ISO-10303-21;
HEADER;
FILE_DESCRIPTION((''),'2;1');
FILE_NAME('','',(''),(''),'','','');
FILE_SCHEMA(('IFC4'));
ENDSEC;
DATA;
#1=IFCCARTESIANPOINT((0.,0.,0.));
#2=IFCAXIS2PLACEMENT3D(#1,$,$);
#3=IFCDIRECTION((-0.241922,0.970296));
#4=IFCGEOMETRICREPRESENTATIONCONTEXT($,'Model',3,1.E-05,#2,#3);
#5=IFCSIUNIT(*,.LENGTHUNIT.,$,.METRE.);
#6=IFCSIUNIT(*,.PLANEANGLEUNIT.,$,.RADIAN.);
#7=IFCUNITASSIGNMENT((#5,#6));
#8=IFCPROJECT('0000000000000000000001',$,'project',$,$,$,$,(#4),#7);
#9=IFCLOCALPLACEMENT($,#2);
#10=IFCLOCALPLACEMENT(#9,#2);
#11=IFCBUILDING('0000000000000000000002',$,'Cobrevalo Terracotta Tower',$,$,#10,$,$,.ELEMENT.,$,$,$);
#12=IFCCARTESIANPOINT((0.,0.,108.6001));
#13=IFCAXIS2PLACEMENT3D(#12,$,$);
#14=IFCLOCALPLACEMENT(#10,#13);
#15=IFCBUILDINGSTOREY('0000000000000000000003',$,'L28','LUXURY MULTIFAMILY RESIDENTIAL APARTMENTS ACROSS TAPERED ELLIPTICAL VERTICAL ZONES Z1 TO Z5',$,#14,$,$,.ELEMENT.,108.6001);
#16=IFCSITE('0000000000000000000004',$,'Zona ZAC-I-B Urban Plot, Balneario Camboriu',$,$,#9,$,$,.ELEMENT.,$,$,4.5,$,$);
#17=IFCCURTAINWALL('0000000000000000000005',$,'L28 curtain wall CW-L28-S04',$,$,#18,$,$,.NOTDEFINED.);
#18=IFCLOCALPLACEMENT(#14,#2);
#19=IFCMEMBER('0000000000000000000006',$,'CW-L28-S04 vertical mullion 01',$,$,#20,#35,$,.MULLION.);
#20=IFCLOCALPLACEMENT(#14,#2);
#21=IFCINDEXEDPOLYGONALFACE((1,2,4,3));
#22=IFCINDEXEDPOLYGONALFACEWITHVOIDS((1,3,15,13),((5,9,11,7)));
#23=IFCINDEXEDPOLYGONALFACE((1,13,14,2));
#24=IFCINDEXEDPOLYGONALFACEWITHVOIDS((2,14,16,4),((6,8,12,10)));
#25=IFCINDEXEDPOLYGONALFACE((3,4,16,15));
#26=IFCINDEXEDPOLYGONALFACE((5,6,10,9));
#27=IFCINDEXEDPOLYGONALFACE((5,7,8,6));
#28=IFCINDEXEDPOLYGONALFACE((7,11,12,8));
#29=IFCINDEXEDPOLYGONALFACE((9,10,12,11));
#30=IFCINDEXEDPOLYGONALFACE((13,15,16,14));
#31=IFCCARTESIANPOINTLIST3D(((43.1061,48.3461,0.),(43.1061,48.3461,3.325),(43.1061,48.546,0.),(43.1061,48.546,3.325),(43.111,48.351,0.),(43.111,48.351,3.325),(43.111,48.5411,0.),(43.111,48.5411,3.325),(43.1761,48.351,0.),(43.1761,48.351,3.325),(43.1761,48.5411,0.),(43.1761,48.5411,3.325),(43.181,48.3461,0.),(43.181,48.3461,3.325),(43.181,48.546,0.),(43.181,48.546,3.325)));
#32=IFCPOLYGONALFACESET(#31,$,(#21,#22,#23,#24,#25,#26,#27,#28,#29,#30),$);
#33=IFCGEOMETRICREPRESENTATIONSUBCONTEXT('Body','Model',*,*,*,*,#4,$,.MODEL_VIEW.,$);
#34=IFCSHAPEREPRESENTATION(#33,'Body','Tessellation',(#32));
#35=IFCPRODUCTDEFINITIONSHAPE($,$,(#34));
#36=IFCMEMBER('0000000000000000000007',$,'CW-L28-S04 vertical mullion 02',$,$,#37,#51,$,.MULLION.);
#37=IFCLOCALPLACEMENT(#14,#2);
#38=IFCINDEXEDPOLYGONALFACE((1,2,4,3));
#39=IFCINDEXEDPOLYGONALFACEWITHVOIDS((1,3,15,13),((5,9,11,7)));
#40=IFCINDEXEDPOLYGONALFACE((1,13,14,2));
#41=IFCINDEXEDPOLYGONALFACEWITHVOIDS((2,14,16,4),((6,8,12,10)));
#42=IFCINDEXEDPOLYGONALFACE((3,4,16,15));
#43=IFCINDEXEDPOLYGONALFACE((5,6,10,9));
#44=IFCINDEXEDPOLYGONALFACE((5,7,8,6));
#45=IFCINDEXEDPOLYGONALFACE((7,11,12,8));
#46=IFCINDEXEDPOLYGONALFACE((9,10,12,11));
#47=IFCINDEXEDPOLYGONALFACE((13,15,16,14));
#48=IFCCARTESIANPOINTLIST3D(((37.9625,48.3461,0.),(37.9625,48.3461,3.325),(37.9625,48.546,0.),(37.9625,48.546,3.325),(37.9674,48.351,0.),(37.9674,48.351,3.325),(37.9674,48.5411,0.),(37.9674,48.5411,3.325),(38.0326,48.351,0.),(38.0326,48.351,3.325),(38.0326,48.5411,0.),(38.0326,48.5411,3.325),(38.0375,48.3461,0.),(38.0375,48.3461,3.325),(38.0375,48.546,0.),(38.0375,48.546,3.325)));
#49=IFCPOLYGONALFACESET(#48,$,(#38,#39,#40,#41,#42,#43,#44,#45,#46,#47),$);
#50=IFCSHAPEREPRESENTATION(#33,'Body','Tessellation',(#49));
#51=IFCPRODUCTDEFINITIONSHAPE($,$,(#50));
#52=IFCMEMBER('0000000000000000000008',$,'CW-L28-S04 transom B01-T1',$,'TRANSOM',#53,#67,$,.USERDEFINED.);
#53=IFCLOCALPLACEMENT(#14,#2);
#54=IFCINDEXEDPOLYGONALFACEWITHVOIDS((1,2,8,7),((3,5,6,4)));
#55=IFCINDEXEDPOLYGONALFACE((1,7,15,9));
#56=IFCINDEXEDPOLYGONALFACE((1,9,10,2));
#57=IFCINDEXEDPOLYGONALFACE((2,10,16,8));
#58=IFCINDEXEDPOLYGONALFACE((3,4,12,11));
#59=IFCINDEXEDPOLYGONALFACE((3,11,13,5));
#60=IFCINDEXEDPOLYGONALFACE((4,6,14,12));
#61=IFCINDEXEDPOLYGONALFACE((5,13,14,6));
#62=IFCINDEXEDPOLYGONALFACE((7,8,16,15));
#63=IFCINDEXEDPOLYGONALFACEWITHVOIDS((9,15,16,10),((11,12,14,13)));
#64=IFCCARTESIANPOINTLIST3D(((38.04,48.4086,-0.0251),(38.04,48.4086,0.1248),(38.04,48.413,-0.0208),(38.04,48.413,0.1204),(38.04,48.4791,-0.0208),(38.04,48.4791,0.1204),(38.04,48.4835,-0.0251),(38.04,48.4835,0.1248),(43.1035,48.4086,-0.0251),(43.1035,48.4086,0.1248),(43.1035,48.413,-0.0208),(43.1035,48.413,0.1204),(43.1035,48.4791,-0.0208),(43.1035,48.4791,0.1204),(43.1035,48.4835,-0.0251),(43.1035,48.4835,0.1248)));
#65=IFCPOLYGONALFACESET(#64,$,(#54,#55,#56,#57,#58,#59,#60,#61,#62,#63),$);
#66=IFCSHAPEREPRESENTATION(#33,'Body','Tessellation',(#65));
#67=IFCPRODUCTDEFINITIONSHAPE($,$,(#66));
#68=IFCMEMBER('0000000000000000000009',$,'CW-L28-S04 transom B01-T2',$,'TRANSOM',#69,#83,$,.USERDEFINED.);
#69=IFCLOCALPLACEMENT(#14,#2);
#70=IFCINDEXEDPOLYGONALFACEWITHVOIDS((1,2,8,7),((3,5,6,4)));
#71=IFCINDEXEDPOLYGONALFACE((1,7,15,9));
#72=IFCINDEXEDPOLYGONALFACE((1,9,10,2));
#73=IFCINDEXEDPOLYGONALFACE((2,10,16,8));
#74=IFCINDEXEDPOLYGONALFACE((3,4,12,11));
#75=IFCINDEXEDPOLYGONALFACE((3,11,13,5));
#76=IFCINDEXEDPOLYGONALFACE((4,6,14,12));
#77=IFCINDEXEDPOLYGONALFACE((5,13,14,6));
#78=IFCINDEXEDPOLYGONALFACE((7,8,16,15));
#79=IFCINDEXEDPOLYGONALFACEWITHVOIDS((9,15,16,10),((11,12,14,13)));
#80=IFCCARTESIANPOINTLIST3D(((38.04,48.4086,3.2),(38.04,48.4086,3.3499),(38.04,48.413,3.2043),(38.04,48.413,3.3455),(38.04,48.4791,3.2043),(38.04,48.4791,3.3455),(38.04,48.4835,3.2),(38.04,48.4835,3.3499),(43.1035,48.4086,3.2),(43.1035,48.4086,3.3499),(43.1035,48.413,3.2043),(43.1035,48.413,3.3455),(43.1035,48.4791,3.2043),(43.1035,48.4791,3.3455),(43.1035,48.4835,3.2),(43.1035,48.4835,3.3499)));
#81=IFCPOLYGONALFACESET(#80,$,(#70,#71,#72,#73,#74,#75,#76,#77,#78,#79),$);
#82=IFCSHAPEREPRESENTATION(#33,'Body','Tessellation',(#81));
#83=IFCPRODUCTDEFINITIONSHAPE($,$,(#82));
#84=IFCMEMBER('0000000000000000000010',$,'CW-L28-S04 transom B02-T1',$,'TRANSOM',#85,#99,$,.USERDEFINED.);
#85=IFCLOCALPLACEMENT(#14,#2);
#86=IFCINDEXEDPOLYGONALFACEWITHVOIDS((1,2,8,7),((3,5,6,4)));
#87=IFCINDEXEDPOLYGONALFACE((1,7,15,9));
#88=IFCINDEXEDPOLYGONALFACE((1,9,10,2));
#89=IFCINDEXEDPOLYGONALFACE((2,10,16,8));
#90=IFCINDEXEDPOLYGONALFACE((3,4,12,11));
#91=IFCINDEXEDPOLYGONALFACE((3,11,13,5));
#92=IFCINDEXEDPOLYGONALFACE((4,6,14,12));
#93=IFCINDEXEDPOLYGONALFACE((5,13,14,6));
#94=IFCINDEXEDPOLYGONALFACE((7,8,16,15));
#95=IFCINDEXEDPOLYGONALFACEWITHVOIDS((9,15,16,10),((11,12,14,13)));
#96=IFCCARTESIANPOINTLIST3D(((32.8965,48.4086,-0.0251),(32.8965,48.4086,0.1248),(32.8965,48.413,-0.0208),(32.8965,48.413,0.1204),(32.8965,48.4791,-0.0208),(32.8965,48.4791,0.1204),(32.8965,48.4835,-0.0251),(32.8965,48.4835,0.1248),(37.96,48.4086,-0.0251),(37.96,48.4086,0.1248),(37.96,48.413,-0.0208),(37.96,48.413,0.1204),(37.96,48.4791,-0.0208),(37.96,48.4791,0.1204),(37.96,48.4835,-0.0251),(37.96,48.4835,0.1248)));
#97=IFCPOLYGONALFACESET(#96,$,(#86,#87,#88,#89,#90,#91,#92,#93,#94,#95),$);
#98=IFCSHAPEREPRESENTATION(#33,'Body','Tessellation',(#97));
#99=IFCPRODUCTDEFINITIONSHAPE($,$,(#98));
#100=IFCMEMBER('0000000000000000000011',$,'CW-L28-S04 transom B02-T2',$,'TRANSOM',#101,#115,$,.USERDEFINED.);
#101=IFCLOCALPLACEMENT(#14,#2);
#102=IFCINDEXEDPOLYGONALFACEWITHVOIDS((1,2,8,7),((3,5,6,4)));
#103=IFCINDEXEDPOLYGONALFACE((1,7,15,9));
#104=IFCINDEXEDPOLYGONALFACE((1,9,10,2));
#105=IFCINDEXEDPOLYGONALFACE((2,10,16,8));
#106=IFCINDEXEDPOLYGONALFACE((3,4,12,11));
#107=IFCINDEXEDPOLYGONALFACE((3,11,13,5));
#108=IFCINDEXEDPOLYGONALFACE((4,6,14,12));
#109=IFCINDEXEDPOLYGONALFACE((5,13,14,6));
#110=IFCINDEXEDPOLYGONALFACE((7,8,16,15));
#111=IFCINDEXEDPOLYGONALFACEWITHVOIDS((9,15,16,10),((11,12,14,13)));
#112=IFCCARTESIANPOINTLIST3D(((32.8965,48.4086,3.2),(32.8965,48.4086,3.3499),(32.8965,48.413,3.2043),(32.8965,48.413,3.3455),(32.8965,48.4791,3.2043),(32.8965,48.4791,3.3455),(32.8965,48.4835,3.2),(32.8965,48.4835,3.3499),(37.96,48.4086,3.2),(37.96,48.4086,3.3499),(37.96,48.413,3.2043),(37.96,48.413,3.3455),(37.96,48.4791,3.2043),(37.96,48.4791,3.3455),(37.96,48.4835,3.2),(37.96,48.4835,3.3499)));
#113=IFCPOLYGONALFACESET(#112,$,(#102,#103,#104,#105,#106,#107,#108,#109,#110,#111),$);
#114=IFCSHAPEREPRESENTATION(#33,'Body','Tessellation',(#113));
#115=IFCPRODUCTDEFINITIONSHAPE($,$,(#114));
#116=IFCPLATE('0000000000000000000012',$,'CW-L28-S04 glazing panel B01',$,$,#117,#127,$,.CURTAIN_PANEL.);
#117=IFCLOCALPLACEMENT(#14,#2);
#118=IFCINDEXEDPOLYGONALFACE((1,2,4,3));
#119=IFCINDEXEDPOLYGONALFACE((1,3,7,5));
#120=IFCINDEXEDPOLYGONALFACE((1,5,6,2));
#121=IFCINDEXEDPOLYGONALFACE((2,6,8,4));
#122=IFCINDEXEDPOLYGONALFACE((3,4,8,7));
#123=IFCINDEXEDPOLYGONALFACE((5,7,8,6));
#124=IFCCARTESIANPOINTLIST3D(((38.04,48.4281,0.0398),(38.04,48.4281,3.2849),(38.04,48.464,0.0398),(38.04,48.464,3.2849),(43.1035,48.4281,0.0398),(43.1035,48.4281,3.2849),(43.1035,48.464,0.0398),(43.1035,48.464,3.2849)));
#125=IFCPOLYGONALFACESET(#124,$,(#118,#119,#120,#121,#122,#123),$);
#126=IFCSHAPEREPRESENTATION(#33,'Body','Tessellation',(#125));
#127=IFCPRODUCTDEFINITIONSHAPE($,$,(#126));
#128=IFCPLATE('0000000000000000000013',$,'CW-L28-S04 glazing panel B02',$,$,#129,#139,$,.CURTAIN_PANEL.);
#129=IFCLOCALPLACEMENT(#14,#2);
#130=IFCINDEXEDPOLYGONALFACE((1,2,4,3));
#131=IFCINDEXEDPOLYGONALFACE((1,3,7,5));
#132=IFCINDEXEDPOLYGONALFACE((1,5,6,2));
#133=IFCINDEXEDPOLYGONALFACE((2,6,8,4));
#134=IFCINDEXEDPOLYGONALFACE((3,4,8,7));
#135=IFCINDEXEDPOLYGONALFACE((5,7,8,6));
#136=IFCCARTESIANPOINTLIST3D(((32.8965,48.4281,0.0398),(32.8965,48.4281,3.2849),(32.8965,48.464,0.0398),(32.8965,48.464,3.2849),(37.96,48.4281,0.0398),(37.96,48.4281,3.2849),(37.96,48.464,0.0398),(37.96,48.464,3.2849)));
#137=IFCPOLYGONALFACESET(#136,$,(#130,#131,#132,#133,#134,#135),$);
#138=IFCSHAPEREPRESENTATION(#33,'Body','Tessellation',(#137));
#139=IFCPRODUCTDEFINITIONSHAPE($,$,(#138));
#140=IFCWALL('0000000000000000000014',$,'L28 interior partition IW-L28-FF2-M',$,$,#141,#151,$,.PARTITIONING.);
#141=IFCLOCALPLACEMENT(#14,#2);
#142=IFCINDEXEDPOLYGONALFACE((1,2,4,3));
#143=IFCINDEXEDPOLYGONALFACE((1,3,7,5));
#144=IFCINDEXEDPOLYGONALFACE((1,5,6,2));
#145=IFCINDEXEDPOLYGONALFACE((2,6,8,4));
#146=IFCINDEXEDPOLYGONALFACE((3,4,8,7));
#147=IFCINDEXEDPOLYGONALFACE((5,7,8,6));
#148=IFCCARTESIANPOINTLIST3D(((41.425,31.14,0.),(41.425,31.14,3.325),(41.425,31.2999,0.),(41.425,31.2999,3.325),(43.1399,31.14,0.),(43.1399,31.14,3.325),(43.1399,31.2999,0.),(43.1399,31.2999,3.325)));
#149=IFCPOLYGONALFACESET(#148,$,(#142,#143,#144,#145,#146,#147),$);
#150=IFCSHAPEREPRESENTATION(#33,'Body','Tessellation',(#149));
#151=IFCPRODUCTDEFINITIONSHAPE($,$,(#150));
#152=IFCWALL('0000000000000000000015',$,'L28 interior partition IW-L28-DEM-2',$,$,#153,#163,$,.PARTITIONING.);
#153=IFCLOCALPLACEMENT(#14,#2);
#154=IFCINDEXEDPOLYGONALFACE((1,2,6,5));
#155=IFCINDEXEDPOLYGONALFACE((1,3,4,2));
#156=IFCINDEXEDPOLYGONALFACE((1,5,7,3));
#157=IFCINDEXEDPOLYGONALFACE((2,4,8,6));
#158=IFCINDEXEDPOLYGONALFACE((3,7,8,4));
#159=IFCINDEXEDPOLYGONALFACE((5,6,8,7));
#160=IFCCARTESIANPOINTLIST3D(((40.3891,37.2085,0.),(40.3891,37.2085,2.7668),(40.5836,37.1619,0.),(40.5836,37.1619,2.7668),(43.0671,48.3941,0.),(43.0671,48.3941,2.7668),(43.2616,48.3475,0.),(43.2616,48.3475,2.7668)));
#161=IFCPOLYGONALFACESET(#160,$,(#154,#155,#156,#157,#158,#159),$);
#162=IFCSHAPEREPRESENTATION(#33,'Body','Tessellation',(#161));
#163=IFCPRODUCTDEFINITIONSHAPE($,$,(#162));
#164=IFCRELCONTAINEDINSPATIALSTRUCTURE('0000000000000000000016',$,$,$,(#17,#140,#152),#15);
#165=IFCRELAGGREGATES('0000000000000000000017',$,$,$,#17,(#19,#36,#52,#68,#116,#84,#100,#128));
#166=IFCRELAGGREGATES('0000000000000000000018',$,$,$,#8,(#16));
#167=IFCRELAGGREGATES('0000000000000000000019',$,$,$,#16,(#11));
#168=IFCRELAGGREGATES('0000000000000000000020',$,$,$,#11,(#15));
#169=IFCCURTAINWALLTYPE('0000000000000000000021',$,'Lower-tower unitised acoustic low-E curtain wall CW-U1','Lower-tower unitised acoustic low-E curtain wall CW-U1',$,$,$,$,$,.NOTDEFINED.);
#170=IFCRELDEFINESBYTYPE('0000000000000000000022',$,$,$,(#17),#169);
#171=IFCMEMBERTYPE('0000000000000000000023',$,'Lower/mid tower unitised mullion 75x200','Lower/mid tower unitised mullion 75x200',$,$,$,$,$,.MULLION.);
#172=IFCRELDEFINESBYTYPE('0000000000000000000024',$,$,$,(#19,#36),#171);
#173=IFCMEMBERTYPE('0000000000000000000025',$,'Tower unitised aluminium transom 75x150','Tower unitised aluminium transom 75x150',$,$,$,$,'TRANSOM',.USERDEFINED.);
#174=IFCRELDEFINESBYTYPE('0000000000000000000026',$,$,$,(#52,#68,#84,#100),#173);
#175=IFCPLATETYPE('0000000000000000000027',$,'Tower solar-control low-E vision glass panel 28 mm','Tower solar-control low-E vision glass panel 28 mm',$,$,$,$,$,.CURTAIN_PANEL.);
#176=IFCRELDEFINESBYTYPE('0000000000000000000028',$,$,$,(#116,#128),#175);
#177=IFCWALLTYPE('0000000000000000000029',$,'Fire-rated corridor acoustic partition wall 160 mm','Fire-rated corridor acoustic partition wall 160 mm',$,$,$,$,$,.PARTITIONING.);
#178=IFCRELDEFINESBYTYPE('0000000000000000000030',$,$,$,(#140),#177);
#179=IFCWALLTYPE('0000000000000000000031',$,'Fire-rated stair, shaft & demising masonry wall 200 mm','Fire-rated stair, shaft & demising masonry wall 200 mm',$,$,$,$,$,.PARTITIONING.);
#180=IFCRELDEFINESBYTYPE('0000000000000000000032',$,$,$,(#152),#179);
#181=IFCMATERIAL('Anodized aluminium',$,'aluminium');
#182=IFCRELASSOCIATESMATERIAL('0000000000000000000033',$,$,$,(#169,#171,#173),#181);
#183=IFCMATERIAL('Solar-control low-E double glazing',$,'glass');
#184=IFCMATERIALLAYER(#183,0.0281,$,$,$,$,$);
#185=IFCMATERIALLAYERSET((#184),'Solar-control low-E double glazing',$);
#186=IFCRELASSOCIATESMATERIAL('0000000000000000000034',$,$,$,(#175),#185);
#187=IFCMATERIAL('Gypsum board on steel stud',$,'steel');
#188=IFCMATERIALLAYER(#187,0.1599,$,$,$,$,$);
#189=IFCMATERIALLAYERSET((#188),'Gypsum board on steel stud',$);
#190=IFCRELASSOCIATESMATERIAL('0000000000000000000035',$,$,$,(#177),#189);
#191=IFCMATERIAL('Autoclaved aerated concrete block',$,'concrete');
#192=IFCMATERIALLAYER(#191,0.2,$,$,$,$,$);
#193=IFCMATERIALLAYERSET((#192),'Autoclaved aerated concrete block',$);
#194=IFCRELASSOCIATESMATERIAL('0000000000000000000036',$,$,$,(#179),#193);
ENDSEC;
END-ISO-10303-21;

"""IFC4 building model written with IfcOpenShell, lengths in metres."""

from ifc_helpers import new_model, si_unit, direction, frame, frame_2d, origin, origin_2d, place, context, subcontext, project, spatial, rectangle, hollow_rectangle, extrude, source, transform, mapped, material, layer, layer_set, material_profile, profile_set, type_object, element, aggregate, save


model = new_model("IFC4")

# Units and contexts
model_context = context("Model", 3, precision=1e-05, world=origin(), true_north=direction((-0.241922, 0.970296)))
body_context = subcontext(model_context, "Body", "Model", "MODEL_VIEW")
ifc_project = project(units=[si_unit("LENGTHUNIT", "METRE"), si_unit("PLANEANGLEUNIT", "RADIAN")], contexts=[model_context])

# Site, building, storey
site_placement = place(None, origin())
site = spatial("IfcSite", under=ifc_project, at=site_placement, Name="Zona ZAC-I-B Urban Plot, Balneario Camboriu", CompositionType="ELEMENT", RefElevation=4.5)
building_placement = place(site_placement, origin())
building = spatial("IfcBuilding", under=site, at=building_placement, Name="Cobrevalo Terracotta Tower", CompositionType="ELEMENT")
storey_placement = place(building_placement, frame((0.0, 0.0, 108.6001)))
storey = spatial("IfcBuildingStorey", under=building, at=storey_placement, Name="L28", Description="LUXURY MULTIFAMILY RESIDENTIAL APARTMENTS ACROSS TAPERED ELLIPTICAL VERTICAL ZONES Z1 TO Z5", CompositionType="ELEMENT", Elevation=108.6001)

# Curtain wall, members, plates
ifc_material_1 = material(Name="Anodized aluminium", Category="aluminium")
curtain_wall_type = type_object("IfcCurtainWallType", Name="Lower-tower unitised acoustic low-E curtain wall CW-U1", Description="Lower-tower unitised acoustic low-E curtain wall CW-U1", PredefinedType="NOTDEFINED", material=ifc_material_1)
curtain_wall_placement = place(storey_placement, origin())
curtain_wall = element("IfcCurtainWall", 1, at=curtain_wall_placement, inside=storey, type_object=curtain_wall_type, Name="L28 curtain wall CW-L28-S04", PredefinedType="NOTDEFINED")
ifc_material_profile_1 = material_profile(ifc_material_1, hollow_rectangle(XDim=0.075, YDim=0.2, WallThickness=0.0049, at=origin_2d()), Name="CWM 75x200")
ifc_profile_set_1 = profile_set([ifc_material_profile_1], Name="Anodized aluminium")
member_type_1 = type_object("IfcMemberType", Name="Lower/mid tower unitised mullion 75x200", Description="Lower/mid tower unitised mullion 75x200", PredefinedType="MULLION", material=ifc_profile_set_1)
shared_shape_1 = source(origin(), body_context, "Body", "SweptSolid", [
    extrude(hollow_rectangle(XDim=0.075, YDim=0.2, WallThickness=0.0049, at=origin_2d()), origin(), (0.0, 0.0, 1.0), 3.325),
])
member_1_placement = place(storey_placement, frame((43.1436, 48.446, 0.0), z_axis=(0.0, 0.0, 1.0), x_axis=(-1.0, 0.0, 0.0)))
member_1 = element("IfcMember", 2, at=member_1_placement, type_object=member_type_1, Name="CW-L28-S04 vertical mullion 01", PredefinedType="MULLION", context=body_context, shape_type="MappedRepresentation", body=[
    mapped(shared_shape_1, transform((0.0, 0.0, 0.0), scale=1.0)),
])
member_2_placement = place(storey_placement, frame((38.0, 48.446, 0.0), z_axis=(0.0, 0.0, 1.0), x_axis=(-1.0, 0.0, 0.0)))
member_2 = element("IfcMember", 3, at=member_2_placement, type_object=member_type_1, Name="CW-L28-S04 vertical mullion 02", PredefinedType="MULLION", context=body_context, shape_type="MappedRepresentation", body=[
    mapped(shared_shape_1, transform((0.0, 0.0, 0.0), scale=1.0)),
])
ifc_material_profile_2 = material_profile(ifc_material_1, hollow_rectangle(XDim=0.075, YDim=0.1499, WallThickness=0.0044, at=origin_2d()), Name="CWT 75x150")
ifc_profile_set_2 = profile_set([ifc_material_profile_2], Name="Anodized aluminium")
member_type_2 = type_object("IfcMemberType", Name="Tower unitised aluminium transom 75x150", Description="Tower unitised aluminium transom 75x150", ElementType="TRANSOM", PredefinedType="USERDEFINED", material=ifc_profile_set_2)
shared_shape_2 = source(origin(), body_context, "Body", "SweptSolid", [
    extrude(hollow_rectangle(XDim=0.075, YDim=0.1499, WallThickness=0.0044, at=origin_2d()), origin(), (0.0, 0.0, 1.0), 5.0635),
])
member_3_placement = place(storey_placement, frame((43.1035, 48.446, 0.0498), z_axis=(-1.0, 0.0, 0.0), x_axis=(0.0, -1.0, 0.0)))
member_3 = element("IfcMember", 4, at=member_3_placement, type_object=member_type_2, Name="CW-L28-S04 transom B01-T1", ObjectType="TRANSOM", PredefinedType="USERDEFINED", context=body_context, shape_type="MappedRepresentation", body=[
    mapped(shared_shape_2, transform((0.0, 0.0, 0.0), scale=1.0)),
])
member_4_placement = place(storey_placement, frame((43.1035, 48.446, 3.2749), z_axis=(-1.0, 0.0, 0.0), x_axis=(0.0, -1.0, 0.0)))
member_4 = element("IfcMember", 5, at=member_4_placement, type_object=member_type_2, Name="CW-L28-S04 transom B01-T2", ObjectType="TRANSOM", PredefinedType="USERDEFINED", context=body_context, shape_type="MappedRepresentation", body=[
    mapped(shared_shape_2, transform((0.0, 0.0, 0.0), scale=1.0)),
])
member_5_placement = place(storey_placement, frame((37.96, 48.446, 0.0498), z_axis=(-1.0, 0.0, 0.0), x_axis=(0.0, -1.0, 0.0)))
member_5 = element("IfcMember", 6, at=member_5_placement, type_object=member_type_2, Name="CW-L28-S04 transom B02-T1", ObjectType="TRANSOM", PredefinedType="USERDEFINED", context=body_context, shape_type="MappedRepresentation", body=[
    mapped(shared_shape_2, transform((0.0, 0.0, 0.0), scale=1.0)),
])
member_6_placement = place(storey_placement, frame((37.96, 48.446, 3.2749), z_axis=(-1.0, 0.0, 0.0), x_axis=(0.0, -1.0, 0.0)))
member_6 = element("IfcMember", 7, at=member_6_placement, type_object=member_type_2, Name="CW-L28-S04 transom B02-T2", ObjectType="TRANSOM", PredefinedType="USERDEFINED", context=body_context, shape_type="MappedRepresentation", body=[
    mapped(shared_shape_2, transform((0.0, 0.0, 0.0), scale=1.0)),
])
ifc_material_2 = material(Name="Solar-control low-E double glazing", Category="glass")
ifc_layer_1 = layer(ifc_material_2, 0.0281)
ifc_layer_set_1 = layer_set([ifc_layer_1], Name="Solar-control low-E double glazing")
plate_type = type_object("IfcPlateType", Name="Tower solar-control low-E vision glass panel 28 mm", Description="Tower solar-control low-E vision glass panel 28 mm", PredefinedType="CURTAIN_PANEL", material=ifc_layer_set_1)
shared_shape_3 = source(origin(), body_context, "Body", "SweptSolid", [
    extrude(rectangle(XDim=5.0635, YDim=0.0359, at=origin_2d()), origin(), (0.0, 0.0, 1.0), 3.2451),
])
plate_1_placement = place(storey_placement, frame((40.5718, 48.446, 0.0398), z_axis=(0.0, 0.0, 1.0), x_axis=(-1.0, 0.0, 0.0)))
plate_1 = element("IfcPlate", 8, at=plate_1_placement, type_object=plate_type, Name="CW-L28-S04 glazing panel B01", PredefinedType="CURTAIN_PANEL", context=body_context, shape_type="MappedRepresentation", body=[
    mapped(shared_shape_3, transform((0.0, 0.0, 0.0), scale=1.0)),
])
plate_2_placement = place(storey_placement, frame((35.4282, 48.446, 0.0398), z_axis=(0.0, 0.0, 1.0), x_axis=(-1.0, 0.0, 0.0)))
plate_2 = element("IfcPlate", 9, at=plate_2_placement, type_object=plate_type, Name="CW-L28-S04 glazing panel B02", PredefinedType="CURTAIN_PANEL", context=body_context, shape_type="MappedRepresentation", body=[
    mapped(shared_shape_3, transform((0.0, 0.0, 0.0), scale=1.0)),
])
aggregate(curtain_wall, [member_1, member_2, member_3, member_4, plate_1, member_5, member_6, plate_2])

# Walls
ifc_material_3 = material(Name="Gypsum board on steel stud", Category="steel")
ifc_layer_2 = layer(ifc_material_3, 0.1599)
ifc_layer_set_2 = layer_set([ifc_layer_2], Name="Gypsum board on steel stud")
wall_type_1 = type_object("IfcWallType", Name="Fire-rated corridor acoustic partition wall 160 mm", Description="Fire-rated corridor acoustic partition wall 160 mm", PredefinedType="PARTITIONING", material=ifc_layer_set_2)
wall_1_placement = place(storey_placement, frame((41.425, 31.22, 0.0), z_axis=(0.0, 0.0, 1.0), x_axis=(1.0, 0.0, 0.0)))
element("IfcWall", 10, at=wall_1_placement, inside=storey, type_object=wall_type_1, Name="L28 interior partition IW-L28-FF2-M", PredefinedType="PARTITIONING", context=body_context, shape_type="SweptSolid", body=[
    extrude(rectangle(XDim=1.7148, YDim=0.1599, at=frame_2d((0.8574, 0.0))), origin(), (0.0, 0.0, 1.0), 3.325),
])
ifc_material_4 = material(Name="Autoclaved aerated concrete block", Category="concrete")
ifc_layer_3 = layer(ifc_material_4, 0.2)
ifc_layer_set_3 = layer_set([ifc_layer_3], Name="Autoclaved aerated concrete block")
wall_type_2 = type_object("IfcWallType", Name="Fire-rated stair, shaft & demising masonry wall 200 mm", Description="Fire-rated stair, shaft & demising masonry wall 200 mm", PredefinedType="PARTITIONING", material=ifc_layer_set_3)
wall_2_placement = place(storey_placement, frame((40.4863, 37.1851, 0.0), z_axis=(0.0, 0.0, 1.0), x_axis=(0.232834, 0.972516, 0.0)))
element("IfcWall", 11, at=wall_2_placement, inside=storey, type_object=wall_type_2, Name="L28 interior partition IW-L28-DEM-2", PredefinedType="PARTITIONING", context=body_context, shape_type="SweptSolid", body=[
    extrude(rectangle(XDim=11.5017, YDim=0.2, at=frame_2d((5.751, 0.0))), origin(), (0.0, 0.0, 1.0), 2.7668),
])

save(model, "model.ifc")
